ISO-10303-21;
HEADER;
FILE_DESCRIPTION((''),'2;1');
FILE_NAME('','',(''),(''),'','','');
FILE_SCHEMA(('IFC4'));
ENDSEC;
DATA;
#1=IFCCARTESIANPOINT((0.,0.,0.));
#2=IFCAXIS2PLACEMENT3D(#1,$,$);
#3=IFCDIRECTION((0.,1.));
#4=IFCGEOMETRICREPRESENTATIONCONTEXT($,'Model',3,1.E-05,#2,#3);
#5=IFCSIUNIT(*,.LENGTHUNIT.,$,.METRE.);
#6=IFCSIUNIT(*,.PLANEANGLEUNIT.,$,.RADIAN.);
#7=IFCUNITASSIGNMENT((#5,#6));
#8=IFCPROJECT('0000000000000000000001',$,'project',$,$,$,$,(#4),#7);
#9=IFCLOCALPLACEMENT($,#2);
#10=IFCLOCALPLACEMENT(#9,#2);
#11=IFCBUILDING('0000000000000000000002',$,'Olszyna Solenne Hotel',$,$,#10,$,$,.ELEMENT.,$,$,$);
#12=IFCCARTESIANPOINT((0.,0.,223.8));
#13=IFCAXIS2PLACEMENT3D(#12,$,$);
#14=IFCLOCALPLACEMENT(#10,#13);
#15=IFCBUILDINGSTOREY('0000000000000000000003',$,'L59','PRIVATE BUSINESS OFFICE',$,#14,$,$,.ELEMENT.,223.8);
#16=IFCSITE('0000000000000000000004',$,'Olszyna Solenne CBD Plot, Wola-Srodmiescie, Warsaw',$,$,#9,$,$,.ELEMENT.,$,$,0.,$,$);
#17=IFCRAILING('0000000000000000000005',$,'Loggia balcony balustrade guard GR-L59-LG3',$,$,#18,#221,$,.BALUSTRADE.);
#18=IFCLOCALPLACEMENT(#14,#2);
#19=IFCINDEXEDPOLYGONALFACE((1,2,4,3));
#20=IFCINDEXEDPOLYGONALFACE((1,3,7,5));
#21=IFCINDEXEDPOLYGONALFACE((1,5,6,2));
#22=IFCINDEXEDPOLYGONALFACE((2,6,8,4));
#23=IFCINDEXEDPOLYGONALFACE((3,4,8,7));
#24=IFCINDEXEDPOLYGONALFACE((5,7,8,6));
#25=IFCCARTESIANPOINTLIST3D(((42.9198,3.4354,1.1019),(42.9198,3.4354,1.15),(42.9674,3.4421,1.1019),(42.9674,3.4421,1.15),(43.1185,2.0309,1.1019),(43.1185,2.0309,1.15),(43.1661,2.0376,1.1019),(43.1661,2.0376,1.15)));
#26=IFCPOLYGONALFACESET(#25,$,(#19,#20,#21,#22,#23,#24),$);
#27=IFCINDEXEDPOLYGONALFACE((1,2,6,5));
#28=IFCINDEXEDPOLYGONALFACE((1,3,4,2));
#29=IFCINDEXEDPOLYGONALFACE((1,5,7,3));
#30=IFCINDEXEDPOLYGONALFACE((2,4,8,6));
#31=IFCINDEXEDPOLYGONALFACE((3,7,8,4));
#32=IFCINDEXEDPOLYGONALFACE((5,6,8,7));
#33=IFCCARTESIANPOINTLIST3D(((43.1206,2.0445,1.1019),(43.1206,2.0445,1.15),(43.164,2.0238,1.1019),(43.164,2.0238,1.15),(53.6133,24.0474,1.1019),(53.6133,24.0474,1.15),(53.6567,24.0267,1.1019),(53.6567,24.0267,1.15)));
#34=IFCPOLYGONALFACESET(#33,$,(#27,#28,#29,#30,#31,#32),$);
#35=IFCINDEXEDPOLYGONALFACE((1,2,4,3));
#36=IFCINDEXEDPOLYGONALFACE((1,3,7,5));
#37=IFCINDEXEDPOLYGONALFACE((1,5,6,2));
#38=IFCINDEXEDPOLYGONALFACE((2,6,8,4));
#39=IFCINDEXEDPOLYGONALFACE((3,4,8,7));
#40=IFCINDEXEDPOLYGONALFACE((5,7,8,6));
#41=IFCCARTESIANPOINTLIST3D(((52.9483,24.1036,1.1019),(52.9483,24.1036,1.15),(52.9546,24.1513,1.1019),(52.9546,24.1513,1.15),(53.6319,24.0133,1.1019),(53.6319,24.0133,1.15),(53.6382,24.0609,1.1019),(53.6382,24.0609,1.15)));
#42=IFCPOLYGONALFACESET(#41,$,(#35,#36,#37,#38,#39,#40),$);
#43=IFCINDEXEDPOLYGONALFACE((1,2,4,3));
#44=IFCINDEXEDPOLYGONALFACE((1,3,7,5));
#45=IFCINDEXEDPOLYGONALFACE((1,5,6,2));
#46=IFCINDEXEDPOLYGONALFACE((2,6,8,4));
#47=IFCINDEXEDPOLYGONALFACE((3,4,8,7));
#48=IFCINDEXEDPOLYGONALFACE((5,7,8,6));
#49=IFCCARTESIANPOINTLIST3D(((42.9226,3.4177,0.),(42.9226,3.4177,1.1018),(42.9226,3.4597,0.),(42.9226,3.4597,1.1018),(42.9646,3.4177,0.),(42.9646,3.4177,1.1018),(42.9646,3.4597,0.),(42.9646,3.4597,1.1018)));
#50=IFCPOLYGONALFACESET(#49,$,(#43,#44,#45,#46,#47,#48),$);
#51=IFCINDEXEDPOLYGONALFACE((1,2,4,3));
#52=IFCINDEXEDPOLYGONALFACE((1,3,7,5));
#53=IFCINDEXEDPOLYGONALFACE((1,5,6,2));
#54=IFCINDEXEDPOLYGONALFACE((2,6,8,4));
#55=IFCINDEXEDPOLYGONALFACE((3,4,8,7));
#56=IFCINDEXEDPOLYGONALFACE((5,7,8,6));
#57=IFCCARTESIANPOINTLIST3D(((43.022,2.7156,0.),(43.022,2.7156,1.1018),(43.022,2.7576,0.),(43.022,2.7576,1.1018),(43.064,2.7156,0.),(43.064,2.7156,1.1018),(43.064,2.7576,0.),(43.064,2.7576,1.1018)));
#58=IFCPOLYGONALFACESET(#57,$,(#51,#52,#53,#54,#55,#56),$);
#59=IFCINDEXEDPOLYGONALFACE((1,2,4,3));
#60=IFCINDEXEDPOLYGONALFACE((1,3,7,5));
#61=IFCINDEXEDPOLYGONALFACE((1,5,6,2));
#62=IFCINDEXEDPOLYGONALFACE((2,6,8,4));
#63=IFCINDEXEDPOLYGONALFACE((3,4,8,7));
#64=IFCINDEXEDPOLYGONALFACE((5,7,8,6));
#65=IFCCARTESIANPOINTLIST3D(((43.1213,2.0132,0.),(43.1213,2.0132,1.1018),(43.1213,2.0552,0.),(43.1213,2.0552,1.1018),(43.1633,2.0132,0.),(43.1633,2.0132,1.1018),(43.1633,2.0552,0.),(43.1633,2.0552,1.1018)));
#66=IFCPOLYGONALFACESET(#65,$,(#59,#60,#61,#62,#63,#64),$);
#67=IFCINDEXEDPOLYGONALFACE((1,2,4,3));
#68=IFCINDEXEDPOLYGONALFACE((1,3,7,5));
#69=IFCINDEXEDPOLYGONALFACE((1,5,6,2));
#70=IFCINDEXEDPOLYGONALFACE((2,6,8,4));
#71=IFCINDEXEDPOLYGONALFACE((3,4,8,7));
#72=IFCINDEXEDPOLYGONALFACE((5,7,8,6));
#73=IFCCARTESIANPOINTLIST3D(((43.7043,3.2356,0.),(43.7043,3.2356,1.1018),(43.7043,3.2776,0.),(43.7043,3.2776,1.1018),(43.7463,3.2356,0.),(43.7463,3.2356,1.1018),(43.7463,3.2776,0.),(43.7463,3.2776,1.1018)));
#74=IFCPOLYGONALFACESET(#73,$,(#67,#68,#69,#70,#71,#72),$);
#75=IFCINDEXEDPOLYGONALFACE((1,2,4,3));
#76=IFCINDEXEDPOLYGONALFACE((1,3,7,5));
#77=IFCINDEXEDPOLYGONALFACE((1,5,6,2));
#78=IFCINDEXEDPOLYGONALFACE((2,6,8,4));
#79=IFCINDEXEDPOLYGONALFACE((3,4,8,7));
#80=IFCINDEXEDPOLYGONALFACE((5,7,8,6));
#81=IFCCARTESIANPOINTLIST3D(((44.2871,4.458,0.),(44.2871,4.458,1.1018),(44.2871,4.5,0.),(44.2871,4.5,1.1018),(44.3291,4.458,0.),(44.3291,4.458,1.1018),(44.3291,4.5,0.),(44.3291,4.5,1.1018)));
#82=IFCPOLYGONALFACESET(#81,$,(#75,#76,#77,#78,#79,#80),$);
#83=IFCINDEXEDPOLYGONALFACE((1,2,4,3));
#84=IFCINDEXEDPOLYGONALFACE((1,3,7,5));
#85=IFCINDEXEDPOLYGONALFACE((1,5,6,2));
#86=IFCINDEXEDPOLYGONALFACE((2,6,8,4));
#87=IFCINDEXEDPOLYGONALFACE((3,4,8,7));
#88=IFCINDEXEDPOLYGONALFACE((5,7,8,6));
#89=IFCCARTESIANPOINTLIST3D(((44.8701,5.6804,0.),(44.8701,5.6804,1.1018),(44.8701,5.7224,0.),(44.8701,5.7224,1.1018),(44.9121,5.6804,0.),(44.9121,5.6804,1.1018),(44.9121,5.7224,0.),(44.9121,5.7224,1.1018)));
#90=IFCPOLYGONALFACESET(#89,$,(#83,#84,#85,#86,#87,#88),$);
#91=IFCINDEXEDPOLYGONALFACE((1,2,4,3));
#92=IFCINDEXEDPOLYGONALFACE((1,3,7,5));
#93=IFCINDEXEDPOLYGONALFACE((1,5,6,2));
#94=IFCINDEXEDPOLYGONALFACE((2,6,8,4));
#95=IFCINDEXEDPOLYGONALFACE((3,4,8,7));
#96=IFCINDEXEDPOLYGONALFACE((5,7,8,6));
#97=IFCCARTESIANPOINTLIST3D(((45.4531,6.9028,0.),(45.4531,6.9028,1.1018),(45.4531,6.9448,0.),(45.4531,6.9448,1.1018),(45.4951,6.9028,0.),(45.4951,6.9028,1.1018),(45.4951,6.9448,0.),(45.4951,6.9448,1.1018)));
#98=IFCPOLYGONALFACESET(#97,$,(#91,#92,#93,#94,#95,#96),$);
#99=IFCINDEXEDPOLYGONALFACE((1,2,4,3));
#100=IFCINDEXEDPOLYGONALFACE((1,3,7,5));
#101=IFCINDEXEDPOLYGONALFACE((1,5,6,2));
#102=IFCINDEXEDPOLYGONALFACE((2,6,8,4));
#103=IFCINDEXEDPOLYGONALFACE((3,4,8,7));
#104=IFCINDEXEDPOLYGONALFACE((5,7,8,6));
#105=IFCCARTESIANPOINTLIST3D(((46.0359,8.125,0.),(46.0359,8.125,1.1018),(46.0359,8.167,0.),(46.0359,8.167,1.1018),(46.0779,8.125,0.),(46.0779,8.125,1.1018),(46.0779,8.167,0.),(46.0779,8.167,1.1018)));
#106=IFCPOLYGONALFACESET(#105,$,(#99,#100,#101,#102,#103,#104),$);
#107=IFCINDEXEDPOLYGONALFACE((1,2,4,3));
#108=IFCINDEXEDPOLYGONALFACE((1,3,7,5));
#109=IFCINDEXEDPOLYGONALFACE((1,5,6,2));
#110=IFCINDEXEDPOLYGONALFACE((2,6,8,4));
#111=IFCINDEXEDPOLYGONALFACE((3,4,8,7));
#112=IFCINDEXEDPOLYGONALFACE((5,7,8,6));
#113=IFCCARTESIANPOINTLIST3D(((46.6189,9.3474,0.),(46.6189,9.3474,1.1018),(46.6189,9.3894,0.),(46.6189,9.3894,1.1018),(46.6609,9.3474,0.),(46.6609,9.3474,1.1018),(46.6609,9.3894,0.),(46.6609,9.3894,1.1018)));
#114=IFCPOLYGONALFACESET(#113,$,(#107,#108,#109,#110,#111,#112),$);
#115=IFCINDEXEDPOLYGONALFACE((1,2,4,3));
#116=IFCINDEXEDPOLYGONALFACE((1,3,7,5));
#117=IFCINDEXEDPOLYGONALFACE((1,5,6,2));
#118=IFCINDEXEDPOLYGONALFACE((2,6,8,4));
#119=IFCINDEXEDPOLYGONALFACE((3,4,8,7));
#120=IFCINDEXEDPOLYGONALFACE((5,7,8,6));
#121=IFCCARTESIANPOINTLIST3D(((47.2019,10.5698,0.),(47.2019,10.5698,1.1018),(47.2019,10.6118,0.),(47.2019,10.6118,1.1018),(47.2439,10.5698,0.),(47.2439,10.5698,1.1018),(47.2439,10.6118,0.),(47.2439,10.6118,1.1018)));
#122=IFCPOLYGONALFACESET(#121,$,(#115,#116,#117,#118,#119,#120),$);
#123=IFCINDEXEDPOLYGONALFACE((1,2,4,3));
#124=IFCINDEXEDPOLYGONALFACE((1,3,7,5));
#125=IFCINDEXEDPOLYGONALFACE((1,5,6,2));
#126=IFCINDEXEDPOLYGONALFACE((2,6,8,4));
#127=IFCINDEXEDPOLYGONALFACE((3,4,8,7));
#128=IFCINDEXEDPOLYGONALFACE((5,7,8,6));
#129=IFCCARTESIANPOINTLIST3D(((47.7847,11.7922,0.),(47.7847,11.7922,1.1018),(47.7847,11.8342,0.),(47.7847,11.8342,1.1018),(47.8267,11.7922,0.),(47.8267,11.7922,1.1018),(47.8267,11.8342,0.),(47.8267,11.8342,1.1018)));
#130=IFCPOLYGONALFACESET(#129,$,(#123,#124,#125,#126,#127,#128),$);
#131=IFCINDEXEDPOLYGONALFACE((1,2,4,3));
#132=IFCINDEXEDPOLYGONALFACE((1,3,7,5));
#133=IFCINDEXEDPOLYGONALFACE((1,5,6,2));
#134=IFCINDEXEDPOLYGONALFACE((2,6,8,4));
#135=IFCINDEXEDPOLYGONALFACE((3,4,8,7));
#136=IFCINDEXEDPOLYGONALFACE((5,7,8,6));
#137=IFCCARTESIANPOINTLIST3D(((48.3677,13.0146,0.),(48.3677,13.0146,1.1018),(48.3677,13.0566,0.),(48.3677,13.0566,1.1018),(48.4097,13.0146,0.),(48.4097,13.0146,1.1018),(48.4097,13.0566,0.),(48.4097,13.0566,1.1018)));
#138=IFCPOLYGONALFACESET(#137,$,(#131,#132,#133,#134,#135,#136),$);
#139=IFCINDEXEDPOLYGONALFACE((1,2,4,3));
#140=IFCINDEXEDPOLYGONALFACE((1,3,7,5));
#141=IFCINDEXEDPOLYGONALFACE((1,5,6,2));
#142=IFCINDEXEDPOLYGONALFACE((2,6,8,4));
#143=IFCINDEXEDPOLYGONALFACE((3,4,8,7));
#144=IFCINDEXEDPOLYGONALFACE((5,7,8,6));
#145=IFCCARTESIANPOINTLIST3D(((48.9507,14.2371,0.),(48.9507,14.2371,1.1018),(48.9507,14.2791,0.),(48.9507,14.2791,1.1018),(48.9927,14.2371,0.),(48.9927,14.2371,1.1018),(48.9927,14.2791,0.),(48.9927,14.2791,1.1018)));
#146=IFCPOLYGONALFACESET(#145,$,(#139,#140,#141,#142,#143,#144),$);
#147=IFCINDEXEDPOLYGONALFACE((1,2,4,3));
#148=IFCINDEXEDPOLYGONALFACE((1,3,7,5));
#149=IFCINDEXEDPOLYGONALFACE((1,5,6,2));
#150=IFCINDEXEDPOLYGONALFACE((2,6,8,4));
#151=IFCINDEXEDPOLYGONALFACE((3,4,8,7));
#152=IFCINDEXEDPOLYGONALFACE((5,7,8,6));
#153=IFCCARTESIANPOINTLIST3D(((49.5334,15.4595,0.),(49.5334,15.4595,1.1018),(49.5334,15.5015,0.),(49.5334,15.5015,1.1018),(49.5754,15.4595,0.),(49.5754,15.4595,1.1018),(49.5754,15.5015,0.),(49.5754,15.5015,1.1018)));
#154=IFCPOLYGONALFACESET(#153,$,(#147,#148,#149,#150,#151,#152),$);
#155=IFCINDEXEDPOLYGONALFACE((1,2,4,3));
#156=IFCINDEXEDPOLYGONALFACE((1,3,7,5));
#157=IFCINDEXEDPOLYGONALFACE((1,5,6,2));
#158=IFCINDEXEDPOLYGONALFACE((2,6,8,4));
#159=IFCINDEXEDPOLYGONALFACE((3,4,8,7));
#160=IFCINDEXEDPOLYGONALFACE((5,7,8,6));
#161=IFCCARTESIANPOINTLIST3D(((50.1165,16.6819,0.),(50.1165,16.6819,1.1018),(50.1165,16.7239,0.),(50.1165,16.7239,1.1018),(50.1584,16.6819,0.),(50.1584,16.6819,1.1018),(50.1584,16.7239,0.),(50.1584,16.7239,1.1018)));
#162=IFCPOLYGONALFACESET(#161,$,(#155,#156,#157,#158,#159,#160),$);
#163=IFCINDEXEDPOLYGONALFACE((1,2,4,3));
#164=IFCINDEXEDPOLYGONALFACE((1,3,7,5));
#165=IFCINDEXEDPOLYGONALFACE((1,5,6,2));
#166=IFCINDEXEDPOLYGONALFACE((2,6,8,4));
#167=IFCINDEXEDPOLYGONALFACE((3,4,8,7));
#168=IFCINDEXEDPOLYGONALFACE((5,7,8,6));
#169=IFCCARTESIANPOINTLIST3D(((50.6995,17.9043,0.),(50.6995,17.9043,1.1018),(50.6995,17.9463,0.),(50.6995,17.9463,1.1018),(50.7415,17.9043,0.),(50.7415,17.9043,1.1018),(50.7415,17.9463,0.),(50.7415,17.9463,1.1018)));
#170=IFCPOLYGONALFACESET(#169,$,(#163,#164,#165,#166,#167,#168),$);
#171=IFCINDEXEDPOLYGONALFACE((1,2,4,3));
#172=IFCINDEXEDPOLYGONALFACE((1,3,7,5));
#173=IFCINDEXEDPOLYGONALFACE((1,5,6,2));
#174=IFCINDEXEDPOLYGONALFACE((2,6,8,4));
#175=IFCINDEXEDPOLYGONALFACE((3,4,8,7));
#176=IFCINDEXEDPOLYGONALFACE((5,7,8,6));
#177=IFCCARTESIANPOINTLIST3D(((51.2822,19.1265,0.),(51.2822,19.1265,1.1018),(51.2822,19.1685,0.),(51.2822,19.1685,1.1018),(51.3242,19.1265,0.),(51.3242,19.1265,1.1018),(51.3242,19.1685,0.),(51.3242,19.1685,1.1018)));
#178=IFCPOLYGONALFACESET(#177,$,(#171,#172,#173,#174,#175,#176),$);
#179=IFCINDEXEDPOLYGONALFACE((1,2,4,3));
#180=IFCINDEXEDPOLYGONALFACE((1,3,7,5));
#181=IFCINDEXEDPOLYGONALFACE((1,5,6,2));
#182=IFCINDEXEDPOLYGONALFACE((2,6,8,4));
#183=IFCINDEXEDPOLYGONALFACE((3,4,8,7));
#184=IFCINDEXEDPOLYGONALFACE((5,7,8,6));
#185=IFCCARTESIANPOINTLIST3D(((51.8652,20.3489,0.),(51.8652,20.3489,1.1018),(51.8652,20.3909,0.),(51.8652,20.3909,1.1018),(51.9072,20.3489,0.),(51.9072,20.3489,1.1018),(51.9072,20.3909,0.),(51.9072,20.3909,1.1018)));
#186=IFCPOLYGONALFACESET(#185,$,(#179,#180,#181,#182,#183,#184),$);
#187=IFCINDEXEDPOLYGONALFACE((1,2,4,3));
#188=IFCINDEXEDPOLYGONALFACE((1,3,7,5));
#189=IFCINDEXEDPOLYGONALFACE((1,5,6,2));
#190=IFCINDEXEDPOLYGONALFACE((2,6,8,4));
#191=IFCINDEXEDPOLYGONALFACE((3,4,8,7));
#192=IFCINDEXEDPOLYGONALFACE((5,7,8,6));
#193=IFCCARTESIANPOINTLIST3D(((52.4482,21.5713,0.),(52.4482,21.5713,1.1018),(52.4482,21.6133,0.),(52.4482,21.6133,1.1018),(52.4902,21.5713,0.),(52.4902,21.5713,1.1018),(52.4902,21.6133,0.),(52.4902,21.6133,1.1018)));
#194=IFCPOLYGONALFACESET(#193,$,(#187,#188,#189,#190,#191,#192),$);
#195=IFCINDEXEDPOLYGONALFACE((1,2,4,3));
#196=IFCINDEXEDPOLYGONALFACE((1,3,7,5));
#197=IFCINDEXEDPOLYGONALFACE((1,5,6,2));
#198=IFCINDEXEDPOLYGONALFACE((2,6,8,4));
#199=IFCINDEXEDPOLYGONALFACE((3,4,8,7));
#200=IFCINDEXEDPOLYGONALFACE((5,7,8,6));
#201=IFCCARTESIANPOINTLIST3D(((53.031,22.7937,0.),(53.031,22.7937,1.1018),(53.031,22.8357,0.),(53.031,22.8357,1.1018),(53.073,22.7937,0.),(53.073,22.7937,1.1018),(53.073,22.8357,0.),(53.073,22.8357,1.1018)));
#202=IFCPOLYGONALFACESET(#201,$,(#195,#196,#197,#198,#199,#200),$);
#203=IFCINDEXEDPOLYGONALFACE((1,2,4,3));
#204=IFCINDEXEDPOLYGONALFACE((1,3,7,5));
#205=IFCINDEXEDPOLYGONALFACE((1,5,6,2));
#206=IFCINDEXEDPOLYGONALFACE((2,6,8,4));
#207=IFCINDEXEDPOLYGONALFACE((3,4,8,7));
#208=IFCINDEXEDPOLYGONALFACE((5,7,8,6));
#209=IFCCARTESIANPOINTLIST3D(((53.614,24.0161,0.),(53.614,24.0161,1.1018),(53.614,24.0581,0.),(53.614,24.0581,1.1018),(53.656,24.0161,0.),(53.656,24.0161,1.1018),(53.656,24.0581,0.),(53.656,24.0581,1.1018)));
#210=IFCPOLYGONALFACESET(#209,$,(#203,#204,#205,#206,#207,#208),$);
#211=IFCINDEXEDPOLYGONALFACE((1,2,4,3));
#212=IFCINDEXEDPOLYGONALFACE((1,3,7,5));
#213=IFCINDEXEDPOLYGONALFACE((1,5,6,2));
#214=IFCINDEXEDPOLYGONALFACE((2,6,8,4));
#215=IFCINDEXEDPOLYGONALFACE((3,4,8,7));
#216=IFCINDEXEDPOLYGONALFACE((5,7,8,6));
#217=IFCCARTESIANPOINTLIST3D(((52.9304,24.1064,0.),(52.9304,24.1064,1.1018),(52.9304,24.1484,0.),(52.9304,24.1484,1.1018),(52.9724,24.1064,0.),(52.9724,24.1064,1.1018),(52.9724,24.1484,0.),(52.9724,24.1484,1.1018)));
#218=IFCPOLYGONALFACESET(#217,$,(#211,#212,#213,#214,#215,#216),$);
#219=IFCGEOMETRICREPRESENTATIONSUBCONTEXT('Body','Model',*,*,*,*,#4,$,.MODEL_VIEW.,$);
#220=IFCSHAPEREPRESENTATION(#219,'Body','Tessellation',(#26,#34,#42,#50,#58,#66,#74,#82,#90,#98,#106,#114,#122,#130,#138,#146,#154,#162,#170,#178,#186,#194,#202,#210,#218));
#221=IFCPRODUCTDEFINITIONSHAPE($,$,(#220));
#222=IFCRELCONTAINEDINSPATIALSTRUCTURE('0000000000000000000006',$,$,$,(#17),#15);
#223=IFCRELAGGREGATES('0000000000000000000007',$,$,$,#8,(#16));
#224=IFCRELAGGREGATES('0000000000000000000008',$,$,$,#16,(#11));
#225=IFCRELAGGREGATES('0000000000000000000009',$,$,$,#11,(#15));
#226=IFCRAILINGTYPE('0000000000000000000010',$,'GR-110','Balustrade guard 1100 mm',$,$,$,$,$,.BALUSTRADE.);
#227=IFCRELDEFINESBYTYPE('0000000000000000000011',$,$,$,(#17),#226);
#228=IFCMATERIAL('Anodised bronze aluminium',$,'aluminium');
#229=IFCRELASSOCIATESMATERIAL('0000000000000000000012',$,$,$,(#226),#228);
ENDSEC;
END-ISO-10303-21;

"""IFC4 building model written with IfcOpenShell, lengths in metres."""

from ifc_helpers import new_model, si_unit, direction, frame, origin, origin_2d, place, context, subcontext, project, spatial, rectangle, extrude, material, type_object, element, save


model = new_model("IFC4")

# Units and contexts
model_context = context("Model", 3, precision=1e-05, world=origin(), true_north=direction((0.0, 1.0)))
body_context = subcontext(model_context, "Body", "Model", "MODEL_VIEW")
ifc_project = project(units=[si_unit("LENGTHUNIT", "METRE"), si_unit("PLANEANGLEUNIT", "RADIAN")], contexts=[model_context])

# Site, building, storey
site_placement = place(None, origin())
site = spatial("IfcSite", under=ifc_project, at=site_placement, Name="Olszyna Solenne CBD Plot, Wola-Srodmiescie, Warsaw", CompositionType="ELEMENT", RefElevation=0.0)
building_placement = place(site_placement, origin())
building = spatial("IfcBuilding", under=site, at=building_placement, Name="Olszyna Solenne Hotel", CompositionType="ELEMENT")
storey_placement = place(building_placement, frame((0.0, 0.0, 223.8)))
storey = spatial("IfcBuildingStorey", under=building, at=storey_placement, Name="L59", Description="PRIVATE BUSINESS OFFICE", CompositionType="ELEMENT", Elevation=223.8)

# Shared definitions
ifc_material_1 = material(Name="Anodised bronze aluminium", Category="aluminium")

# Railing
railing_type = type_object("IfcRailingType", Name="GR-110", Description="Balustrade guard 1100 mm", PredefinedType="BALUSTRADE", material=ifc_material_1)
railing_placement = place(storey_placement, frame((42.9436, 3.4387, 0.0)))
element("IfcRailing", 1, at=railing_placement, inside=storey, type_object=railing_type, Name="Loggia balcony balustrade guard GR-L59-LG3", PredefinedType="BALUSTRADE", context=body_context, shape_type="SweptSolid", body=[
    extrude(rectangle(XDim=0.0481, YDim=0.0481, at=origin_2d()), frame((0.0, 0.0, 1.126), z_axis=(0.140096, -0.990138, 0.0), x_axis=(0.990138, 0.140096, 0.0)), (0.0, 0.0, 1.0), 1.4185),
    extrude(rectangle(XDim=0.0481, YDim=0.0481, at=origin_2d()), frame((0.1987, -1.4045, 1.126), z_axis=(0.430438, 0.90262, 0.0), x_axis=(-0.90262, 0.430438, 0.0)), (0.0, 0.0, 1.0), 24.3767),
    extrude(rectangle(XDim=0.0481, YDim=0.0481, at=origin_2d()), frame((10.6914, 20.5984, 1.126), z_axis=(-0.991382, 0.131004, 0.0), x_axis=(-0.131004, -0.991382, 0.0)), (0.0, 0.0, 1.0), 0.6895),
    extrude(rectangle(XDim=0.042, YDim=0.042, at=origin_2d()), origin(), (0.0, 0.0, 1.0), 1.1018),
    extrude(rectangle(XDim=0.042, YDim=0.042, at=origin_2d()), frame((0.0994, -0.7021, 0.0)), (0.0, 0.0, 1.0), 1.1018),
    extrude(rectangle(XDim=0.042, YDim=0.042, at=origin_2d()), frame((0.1987, -1.4045, 0.0)), (0.0, 0.0, 1.0), 1.1018),
    extrude(rectangle(XDim=0.042, YDim=0.042, at=origin_2d()), frame((0.7817, -0.1821, 0.0)), (0.0, 0.0, 1.0), 1.1018),
    extrude(rectangle(XDim=0.042, YDim=0.042, at=origin_2d()), frame((1.3645, 1.0403, 0.0)), (0.0, 0.0, 1.0), 1.1018),
    extrude(rectangle(XDim=0.042, YDim=0.042, at=origin_2d()), frame((1.9475, 2.2627, 0.0)), (0.0, 0.0, 1.0), 1.1018),
    extrude(rectangle(XDim=0.042, YDim=0.042, at=origin_2d()), frame((2.5305, 3.4851, 0.0)), (0.0, 0.0, 1.0), 1.1018),
    extrude(rectangle(XDim=0.042, YDim=0.042, at=origin_2d()), frame((3.1133, 4.7073, 0.0)), (0.0, 0.0, 1.0), 1.1018),
    extrude(rectangle(XDim=0.042, YDim=0.042, at=origin_2d()), frame((3.6963, 5.9297, 0.0)), (0.0, 0.0, 1.0), 1.1018),
    extrude(rectangle(XDim=0.042, YDim=0.042, at=origin_2d()), frame((4.2793, 7.1521, 0.0)), (0.0, 0.0, 1.0), 1.1018),
    extrude(rectangle(XDim=0.042, YDim=0.042, at=origin_2d()), frame((4.8621, 8.3745, 0.0)), (0.0, 0.0, 1.0), 1.1018),
    extrude(rectangle(XDim=0.042, YDim=0.042, at=origin_2d()), frame((5.4451, 9.5969, 0.0)), (0.0, 0.0, 1.0), 1.1018),
    extrude(rectangle(XDim=0.042, YDim=0.042, at=origin_2d()), frame((6.0281, 10.8193, 0.0)), (0.0, 0.0, 1.0), 1.1018),
    extrude(rectangle(XDim=0.042, YDim=0.042, at=origin_2d()), frame((6.6108, 12.0417, 0.0)), (0.0, 0.0, 1.0), 1.1018),
    extrude(rectangle(XDim=0.042, YDim=0.042, at=origin_2d()), frame((7.1938, 13.2642, 0.0)), (0.0, 0.0, 1.0), 1.1018),
    extrude(rectangle(XDim=0.042, YDim=0.042, at=origin_2d()), frame((7.7769, 14.4866, 0.0)), (0.0, 0.0, 1.0), 1.1018),
    extrude(rectangle(XDim=0.042, YDim=0.042, at=origin_2d()), frame((8.3596, 15.7087, 0.0)), (0.0, 0.0, 1.0), 1.1018),
    extrude(rectangle(XDim=0.042, YDim=0.042, at=origin_2d()), frame((8.9426, 16.9312, 0.0)), (0.0, 0.0, 1.0), 1.1018),
    extrude(rectangle(XDim=0.042, YDim=0.042, at=origin_2d()), frame((9.5256, 18.1536, 0.0)), (0.0, 0.0, 1.0), 1.1018),
    extrude(rectangle(XDim=0.042, YDim=0.042, at=origin_2d()), frame((10.1084, 19.376, 0.0)), (0.0, 0.0, 1.0), 1.1018),
    extrude(rectangle(XDim=0.042, YDim=0.042, at=origin_2d()), frame((10.6914, 20.5984, 0.0)), (0.0, 0.0, 1.0), 1.1018),
    extrude(rectangle(XDim=0.042, YDim=0.042, at=origin_2d()), frame((10.0078, 20.6887, 0.0)), (0.0, 0.0, 1.0), 1.1018),
])

save(model, "model.ifc")
